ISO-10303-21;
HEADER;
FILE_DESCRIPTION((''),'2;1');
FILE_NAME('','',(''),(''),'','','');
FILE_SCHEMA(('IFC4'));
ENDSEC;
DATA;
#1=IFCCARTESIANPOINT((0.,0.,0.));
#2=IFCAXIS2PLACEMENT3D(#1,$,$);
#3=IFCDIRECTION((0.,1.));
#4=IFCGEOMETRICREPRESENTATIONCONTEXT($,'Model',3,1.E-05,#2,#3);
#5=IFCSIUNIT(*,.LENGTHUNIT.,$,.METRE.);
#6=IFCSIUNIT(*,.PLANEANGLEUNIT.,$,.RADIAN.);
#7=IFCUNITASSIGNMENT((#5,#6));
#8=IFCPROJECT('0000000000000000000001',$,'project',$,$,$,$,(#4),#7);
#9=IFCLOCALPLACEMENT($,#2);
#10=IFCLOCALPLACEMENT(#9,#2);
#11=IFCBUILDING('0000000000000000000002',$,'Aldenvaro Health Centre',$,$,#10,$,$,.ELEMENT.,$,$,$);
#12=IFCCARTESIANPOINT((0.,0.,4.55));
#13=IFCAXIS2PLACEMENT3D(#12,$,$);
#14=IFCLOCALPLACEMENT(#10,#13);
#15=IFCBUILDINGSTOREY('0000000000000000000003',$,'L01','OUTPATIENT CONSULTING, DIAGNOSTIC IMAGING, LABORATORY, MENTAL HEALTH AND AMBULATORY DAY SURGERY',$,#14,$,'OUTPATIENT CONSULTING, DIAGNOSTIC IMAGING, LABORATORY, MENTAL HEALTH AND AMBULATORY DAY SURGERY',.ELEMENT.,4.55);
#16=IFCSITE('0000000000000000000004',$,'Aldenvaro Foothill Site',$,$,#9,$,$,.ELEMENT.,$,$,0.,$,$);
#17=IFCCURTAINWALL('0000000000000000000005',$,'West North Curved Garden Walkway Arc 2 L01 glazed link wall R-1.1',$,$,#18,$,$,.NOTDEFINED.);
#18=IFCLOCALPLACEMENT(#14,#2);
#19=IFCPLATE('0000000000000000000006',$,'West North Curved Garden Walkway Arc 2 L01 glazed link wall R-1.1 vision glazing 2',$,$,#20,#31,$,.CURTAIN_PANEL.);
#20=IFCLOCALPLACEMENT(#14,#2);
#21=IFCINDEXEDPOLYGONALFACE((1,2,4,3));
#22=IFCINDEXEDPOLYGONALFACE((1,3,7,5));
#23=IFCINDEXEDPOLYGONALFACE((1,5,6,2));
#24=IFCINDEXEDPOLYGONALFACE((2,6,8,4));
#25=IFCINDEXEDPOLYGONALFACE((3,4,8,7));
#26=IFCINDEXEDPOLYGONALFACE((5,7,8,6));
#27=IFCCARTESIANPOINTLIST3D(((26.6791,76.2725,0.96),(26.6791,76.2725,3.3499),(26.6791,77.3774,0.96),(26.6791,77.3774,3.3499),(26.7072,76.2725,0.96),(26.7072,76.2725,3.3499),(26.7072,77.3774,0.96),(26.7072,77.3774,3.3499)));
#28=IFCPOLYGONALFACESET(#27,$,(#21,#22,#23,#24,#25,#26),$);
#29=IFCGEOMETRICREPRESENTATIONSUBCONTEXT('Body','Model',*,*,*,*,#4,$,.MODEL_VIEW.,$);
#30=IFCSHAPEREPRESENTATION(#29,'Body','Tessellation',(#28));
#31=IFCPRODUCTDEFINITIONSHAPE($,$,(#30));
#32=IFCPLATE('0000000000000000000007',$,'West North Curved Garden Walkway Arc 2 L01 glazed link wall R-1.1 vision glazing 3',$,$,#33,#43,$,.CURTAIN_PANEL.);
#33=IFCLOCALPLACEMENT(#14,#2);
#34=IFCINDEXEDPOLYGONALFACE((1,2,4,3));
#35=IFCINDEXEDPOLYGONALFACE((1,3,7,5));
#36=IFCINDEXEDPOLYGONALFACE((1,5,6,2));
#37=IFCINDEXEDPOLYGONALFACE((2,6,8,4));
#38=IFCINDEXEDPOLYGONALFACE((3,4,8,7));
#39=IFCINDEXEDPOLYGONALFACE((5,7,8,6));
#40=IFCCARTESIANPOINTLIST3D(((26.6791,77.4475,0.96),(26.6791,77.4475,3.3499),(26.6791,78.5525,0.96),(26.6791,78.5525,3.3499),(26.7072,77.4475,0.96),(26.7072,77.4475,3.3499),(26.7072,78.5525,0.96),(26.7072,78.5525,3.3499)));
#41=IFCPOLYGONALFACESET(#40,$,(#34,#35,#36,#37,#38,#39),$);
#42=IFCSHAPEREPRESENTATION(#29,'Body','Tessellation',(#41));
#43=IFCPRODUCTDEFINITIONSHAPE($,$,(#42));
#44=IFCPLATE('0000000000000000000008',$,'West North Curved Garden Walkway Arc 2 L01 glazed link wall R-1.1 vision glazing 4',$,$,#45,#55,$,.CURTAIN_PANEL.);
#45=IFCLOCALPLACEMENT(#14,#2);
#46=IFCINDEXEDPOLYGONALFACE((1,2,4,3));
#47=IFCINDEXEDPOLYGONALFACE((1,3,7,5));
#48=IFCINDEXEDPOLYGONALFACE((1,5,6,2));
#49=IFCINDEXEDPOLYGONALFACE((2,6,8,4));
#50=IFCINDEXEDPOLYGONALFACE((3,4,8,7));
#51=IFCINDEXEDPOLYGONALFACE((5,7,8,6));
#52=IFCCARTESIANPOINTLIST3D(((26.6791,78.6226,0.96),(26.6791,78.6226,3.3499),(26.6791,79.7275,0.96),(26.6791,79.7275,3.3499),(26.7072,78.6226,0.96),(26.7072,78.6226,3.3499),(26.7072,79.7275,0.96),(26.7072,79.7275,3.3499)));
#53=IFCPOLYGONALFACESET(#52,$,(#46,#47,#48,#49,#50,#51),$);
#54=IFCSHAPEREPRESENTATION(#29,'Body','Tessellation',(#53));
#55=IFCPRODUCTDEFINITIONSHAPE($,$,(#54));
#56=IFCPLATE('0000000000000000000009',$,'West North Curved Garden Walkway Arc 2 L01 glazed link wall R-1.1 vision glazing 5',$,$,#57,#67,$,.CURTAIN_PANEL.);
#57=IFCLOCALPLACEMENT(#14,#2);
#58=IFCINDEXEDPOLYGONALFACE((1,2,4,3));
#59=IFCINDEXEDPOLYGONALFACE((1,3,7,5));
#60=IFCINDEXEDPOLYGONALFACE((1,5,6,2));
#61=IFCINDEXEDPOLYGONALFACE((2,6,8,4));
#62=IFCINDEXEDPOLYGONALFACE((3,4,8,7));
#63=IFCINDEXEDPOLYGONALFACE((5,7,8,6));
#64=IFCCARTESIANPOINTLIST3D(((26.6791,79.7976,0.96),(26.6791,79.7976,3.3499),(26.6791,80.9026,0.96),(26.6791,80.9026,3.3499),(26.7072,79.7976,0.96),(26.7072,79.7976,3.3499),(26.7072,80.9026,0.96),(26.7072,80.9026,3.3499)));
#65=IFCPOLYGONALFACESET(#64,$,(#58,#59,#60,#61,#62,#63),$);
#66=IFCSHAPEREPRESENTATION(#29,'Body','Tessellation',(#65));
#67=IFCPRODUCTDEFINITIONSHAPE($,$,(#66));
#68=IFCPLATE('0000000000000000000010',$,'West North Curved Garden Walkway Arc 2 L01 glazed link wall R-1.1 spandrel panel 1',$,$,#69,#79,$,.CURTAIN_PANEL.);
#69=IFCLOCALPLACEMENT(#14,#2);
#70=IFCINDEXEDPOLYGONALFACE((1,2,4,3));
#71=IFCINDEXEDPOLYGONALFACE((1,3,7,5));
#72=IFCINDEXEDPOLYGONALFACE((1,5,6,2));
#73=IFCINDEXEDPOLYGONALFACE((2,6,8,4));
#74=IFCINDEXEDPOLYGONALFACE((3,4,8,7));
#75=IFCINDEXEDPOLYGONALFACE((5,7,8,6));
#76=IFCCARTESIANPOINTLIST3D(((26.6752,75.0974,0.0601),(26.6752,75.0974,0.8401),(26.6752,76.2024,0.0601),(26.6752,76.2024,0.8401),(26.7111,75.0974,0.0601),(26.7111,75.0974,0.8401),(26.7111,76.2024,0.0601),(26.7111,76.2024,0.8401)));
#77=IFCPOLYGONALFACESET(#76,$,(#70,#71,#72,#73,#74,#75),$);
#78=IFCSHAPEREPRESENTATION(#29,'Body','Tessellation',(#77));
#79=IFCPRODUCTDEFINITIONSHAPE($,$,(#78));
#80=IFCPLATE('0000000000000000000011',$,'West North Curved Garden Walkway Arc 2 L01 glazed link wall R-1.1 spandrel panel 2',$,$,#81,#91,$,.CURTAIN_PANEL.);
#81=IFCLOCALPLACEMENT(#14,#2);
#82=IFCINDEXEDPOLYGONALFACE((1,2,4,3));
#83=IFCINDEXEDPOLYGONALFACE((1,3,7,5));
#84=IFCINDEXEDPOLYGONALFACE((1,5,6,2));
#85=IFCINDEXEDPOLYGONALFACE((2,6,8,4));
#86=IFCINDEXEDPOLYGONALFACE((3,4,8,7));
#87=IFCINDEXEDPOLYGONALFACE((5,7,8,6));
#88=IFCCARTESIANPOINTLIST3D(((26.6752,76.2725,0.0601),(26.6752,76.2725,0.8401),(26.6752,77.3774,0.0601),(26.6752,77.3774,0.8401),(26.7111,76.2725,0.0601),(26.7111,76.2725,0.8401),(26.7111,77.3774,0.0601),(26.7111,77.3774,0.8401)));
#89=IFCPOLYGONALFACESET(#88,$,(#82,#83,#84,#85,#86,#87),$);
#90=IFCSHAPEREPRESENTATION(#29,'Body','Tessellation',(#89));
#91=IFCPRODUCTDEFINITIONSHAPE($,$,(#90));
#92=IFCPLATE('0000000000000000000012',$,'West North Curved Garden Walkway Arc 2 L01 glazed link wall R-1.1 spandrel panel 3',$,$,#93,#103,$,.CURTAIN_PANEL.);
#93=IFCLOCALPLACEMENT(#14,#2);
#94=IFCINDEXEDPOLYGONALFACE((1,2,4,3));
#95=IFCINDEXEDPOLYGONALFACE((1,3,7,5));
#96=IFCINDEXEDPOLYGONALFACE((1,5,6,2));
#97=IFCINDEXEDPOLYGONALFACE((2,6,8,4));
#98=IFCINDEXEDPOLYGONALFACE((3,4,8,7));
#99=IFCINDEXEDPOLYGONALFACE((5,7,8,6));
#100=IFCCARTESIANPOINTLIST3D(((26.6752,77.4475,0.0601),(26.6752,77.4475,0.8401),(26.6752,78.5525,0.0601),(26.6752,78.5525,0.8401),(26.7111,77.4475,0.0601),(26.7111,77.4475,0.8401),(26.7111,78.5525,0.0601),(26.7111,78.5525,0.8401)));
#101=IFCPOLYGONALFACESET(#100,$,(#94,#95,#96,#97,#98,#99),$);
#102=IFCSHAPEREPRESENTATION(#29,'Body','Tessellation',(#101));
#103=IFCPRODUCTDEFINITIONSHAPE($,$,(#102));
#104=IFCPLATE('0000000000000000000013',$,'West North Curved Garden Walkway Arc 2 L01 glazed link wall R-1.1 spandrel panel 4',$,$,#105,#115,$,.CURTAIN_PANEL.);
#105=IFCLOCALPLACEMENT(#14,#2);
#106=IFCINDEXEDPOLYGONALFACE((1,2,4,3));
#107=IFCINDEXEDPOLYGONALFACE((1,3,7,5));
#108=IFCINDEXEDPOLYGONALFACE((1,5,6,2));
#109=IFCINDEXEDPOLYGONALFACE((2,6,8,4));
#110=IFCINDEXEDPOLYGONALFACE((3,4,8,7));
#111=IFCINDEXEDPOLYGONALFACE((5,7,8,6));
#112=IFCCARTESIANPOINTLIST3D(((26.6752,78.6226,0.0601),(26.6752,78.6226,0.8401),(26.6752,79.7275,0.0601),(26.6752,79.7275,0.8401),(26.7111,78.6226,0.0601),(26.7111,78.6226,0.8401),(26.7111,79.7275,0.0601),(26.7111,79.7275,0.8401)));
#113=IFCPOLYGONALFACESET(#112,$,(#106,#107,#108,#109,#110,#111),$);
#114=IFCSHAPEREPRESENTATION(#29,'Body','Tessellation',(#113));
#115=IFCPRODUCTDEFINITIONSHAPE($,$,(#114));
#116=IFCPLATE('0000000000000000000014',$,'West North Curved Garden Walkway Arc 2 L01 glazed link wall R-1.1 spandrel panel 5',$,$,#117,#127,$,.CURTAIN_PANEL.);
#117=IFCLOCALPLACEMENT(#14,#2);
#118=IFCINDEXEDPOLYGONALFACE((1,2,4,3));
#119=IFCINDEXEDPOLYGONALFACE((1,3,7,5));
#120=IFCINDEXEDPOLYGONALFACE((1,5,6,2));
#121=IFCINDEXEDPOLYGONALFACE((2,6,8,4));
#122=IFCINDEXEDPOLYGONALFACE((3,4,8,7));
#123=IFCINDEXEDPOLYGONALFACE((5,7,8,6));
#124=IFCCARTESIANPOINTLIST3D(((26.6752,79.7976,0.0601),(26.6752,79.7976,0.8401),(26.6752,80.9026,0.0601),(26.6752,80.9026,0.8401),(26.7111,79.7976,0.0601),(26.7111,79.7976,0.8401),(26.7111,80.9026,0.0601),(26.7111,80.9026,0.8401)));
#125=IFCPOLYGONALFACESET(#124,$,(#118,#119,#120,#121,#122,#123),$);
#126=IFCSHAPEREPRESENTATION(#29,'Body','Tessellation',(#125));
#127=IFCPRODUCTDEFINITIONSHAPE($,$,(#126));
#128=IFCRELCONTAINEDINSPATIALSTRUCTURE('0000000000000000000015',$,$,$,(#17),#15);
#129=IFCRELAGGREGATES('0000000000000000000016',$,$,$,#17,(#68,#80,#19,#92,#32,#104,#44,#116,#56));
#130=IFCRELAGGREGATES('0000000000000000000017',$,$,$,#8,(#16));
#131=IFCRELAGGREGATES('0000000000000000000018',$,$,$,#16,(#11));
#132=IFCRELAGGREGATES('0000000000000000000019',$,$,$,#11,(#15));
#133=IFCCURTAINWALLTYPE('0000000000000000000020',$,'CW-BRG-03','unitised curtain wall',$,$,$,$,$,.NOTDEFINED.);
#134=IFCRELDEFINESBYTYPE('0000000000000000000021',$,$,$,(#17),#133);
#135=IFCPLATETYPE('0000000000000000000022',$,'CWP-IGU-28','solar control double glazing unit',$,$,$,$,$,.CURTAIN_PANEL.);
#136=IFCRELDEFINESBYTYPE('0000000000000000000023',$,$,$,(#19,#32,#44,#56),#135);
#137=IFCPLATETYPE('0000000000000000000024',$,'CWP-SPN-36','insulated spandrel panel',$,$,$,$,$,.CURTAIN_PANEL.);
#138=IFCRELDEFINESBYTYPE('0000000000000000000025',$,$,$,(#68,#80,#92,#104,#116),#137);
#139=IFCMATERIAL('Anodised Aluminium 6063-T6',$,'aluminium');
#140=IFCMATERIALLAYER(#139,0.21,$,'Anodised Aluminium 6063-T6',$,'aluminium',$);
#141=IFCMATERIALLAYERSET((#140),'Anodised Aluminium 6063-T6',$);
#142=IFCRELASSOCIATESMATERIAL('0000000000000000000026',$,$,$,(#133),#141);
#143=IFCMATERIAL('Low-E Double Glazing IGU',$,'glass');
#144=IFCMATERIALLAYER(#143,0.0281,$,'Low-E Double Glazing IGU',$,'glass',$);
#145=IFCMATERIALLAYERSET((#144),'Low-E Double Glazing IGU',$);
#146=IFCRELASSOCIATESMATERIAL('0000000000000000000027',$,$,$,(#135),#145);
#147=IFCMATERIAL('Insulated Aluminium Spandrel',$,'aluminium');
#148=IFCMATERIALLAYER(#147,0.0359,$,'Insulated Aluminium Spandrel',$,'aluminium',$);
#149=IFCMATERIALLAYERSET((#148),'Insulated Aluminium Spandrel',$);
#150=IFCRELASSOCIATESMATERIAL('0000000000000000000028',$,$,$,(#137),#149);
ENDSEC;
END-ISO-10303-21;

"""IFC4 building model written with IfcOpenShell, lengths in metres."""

from ifc_helpers import new_model, si_unit, direction, frame, origin, origin_2d, place, context, subcontext, project, spatial, rectangle, extrude, material, layer, layer_set, type_object, element, aggregate, save


model = new_model("IFC4")

# Units and contexts
model_context = context("Model", 3, precision=1e-05, world=origin(), true_north=direction((0.0, 1.0)))
body_context = subcontext(model_context, "Body", "Model", "MODEL_VIEW")
ifc_project = project(units=[si_unit("LENGTHUNIT", "METRE"), si_unit("PLANEANGLEUNIT", "RADIAN")], contexts=[model_context])

# Site, building, storey
site_placement = place(None, origin())
site = spatial("IfcSite", under=ifc_project, at=site_placement, Name="Aldenvaro Foothill Site", CompositionType="ELEMENT", RefElevation=0.0)
building_placement = place(site_placement, origin())
building = spatial("IfcBuilding", under=site, at=building_placement, Name="Aldenvaro Health Centre", CompositionType="ELEMENT")
storey_placement = place(building_placement, frame((0.0, 0.0, 4.55)))
storey = spatial("IfcBuildingStorey", under=building, at=storey_placement, Name="L01", Description="OUTPATIENT CONSULTING, DIAGNOSTIC IMAGING, LABORATORY, MENTAL HEALTH AND AMBULATORY DAY SURGERY", LongName="OUTPATIENT CONSULTING, DIAGNOSTIC IMAGING, LABORATORY, MENTAL HEALTH AND AMBULATORY DAY SURGERY", CompositionType="ELEMENT", Elevation=4.55)

# Shared definitions
ifc_material_1 = material(Name="Anodised Aluminium 6063-T6", Category="aluminium")
ifc_layer_1 = layer(ifc_material_1, 0.21, Name="Anodised Aluminium 6063-T6", Category="aluminium")
ifc_layer_set_1 = layer_set([ifc_layer_1], Name="Anodised Aluminium 6063-T6")
curtain_wall_type = type_object("IfcCurtainWallType", Name="CW-BRG-03", Description="unitised curtain wall", PredefinedType="NOTDEFINED", material=ifc_layer_set_1)

# Curtain wall, plates
curtain_wall_1_placement = place(storey_placement, origin())
curtain_wall_1 = element("IfcCurtainWall", 1, at=curtain_wall_1_placement, inside=storey, type_object=curtain_wall_type, Name="West North Curved Garden Walkway Arc 2 L01 glazed link wall R-1.1", PredefinedType="NOTDEFINED")
ifc_material_2 = material(Name="Low-E Double Glazing IGU", Category="glass")
ifc_layer_2 = layer(ifc_material_2, 0.0281, Name="Low-E Double Glazing IGU", Category="glass")
ifc_layer_set_2 = layer_set([ifc_layer_2], Name="Low-E Double Glazing IGU")
plate_type_1 = type_object("IfcPlateType", Name="CWP-IGU-28", Description="solar control double glazing unit", PredefinedType="CURTAIN_PANEL", material=ifc_layer_set_2)
plate_1_placement = place(storey_placement, frame((26.6931, 76.825, 0.96), z_axis=(0.0, 0.0, 1.0), x_axis=(0.0, 1.0, 0.0)))
plate_1 = element("IfcPlate", 2, at=plate_1_placement, type_object=plate_type_1, Name="West North Curved Garden Walkway Arc 2 L01 glazed link wall R-1.1 vision glazing 2", PredefinedType="CURTAIN_PANEL", context=body_context, shape_type="SweptSolid", body=[
    extrude(rectangle(XDim=1.105, YDim=0.0281, at=origin_2d()), origin(), (0.0, 0.0, 1.0), 2.3899),
])
plate_2_placement = place(storey_placement, frame((26.6931, 78.0, 0.96), z_axis=(0.0, 0.0, 1.0), x_axis=(0.0, 1.0, 0.0)))
plate_2 = element("IfcPlate", 3, at=plate_2_placement, type_object=plate_type_1, Name="West North Curved Garden Walkway Arc 2 L01 glazed link wall R-1.1 vision glazing 3", PredefinedType="CURTAIN_PANEL", context=body_context, shape_type="SweptSolid", body=[
    extrude(rectangle(XDim=1.105, YDim=0.0281, at=origin_2d()), origin(), (0.0, 0.0, 1.0), 2.3899),
])
plate_3_placement = place(storey_placement, frame((26.6931, 79.175, 0.96), z_axis=(0.0, 0.0, 1.0), x_axis=(0.0, 1.0, 0.0)))
plate_3 = element("IfcPlate", 4, at=plate_3_placement, type_object=plate_type_1, Name="West North Curved Garden Walkway Arc 2 L01 glazed link wall R-1.1 vision glazing 4", PredefinedType="CURTAIN_PANEL", context=body_context, shape_type="SweptSolid", body=[
    extrude(rectangle(XDim=1.105, YDim=0.0281, at=origin_2d()), origin(), (0.0, 0.0, 1.0), 2.3899),
])
plate_4_placement = place(storey_placement, frame((26.6931, 80.3501, 0.96), z_axis=(0.0, 0.0, 1.0), x_axis=(0.0, 1.0, 0.0)))
plate_4 = element("IfcPlate", 5, at=plate_4_placement, type_object=plate_type_1, Name="West North Curved Garden Walkway Arc 2 L01 glazed link wall R-1.1 vision glazing 5", PredefinedType="CURTAIN_PANEL", context=body_context, shape_type="SweptSolid", body=[
    extrude(rectangle(XDim=1.105, YDim=0.0281, at=origin_2d()), origin(), (0.0, 0.0, 1.0), 2.3899),
])
ifc_material_3 = material(Name="Insulated Aluminium Spandrel", Category="aluminium")
ifc_layer_3 = layer(ifc_material_3, 0.0359, Name="Insulated Aluminium Spandrel", Category="aluminium")
ifc_layer_set_3 = layer_set([ifc_layer_3], Name="Insulated Aluminium Spandrel")
plate_type_2 = type_object("IfcPlateType", Name="CWP-SPN-36", Description="insulated spandrel panel", PredefinedType="CURTAIN_PANEL", material=ifc_layer_set_3)
plate_5_placement = place(storey_placement, frame((26.6931, 75.6499, 0.0601), z_axis=(0.0, 0.0, 1.0), x_axis=(0.0, 1.0, 0.0)))
plate_5 = element("IfcPlate", 6, at=plate_5_placement, type_object=plate_type_2, Name="West North Curved Garden Walkway Arc 2 L01 glazed link wall R-1.1 spandrel panel 1", PredefinedType="CURTAIN_PANEL", context=body_context, shape_type="SweptSolid", body=[
    extrude(rectangle(XDim=1.105, YDim=0.0359, at=origin_2d()), origin(), (0.0, 0.0, 1.0), 0.78),
])
plate_6_placement = place(storey_placement, frame((26.6931, 76.825, 0.0601), z_axis=(0.0, 0.0, 1.0), x_axis=(0.0, 1.0, 0.0)))
plate_6 = element("IfcPlate", 7, at=plate_6_placement, type_object=plate_type_2, Name="West North Curved Garden Walkway Arc 2 L01 glazed link wall R-1.1 spandrel panel 2", PredefinedType="CURTAIN_PANEL", context=body_context, shape_type="SweptSolid", body=[
    extrude(rectangle(XDim=1.105, YDim=0.0359, at=origin_2d()), origin(), (0.0, 0.0, 1.0), 0.78),
])
plate_7_placement = place(storey_placement, frame((26.6931, 78.0, 0.0601), z_axis=(0.0, 0.0, 1.0), x_axis=(0.0, 1.0, 0.0)))
plate_7 = element("IfcPlate", 8, at=plate_7_placement, type_object=plate_type_2, Name="West North Curved Garden Walkway Arc 2 L01 glazed link wall R-1.1 spandrel panel 3", PredefinedType="CURTAIN_PANEL", context=body_context, shape_type="SweptSolid", body=[
    extrude(rectangle(XDim=1.105, YDim=0.0359, at=origin_2d()), origin(), (0.0, 0.0, 1.0), 0.78),
])
plate_8_placement = place(storey_placement, frame((26.6931, 79.175, 0.0601), z_axis=(0.0, 0.0, 1.0), x_axis=(0.0, 1.0, 0.0)))
plate_8 = element("IfcPlate", 9, at=plate_8_placement, type_object=plate_type_2, Name="West North Curved Garden Walkway Arc 2 L01 glazed link wall R-1.1 spandrel panel 4", PredefinedType="CURTAIN_PANEL", context=body_context, shape_type="SweptSolid", body=[
    extrude(rectangle(XDim=1.105, YDim=0.0359, at=origin_2d()), origin(), (0.0, 0.0, 1.0), 0.78),
])
plate_9_placement = place(storey_placement, frame((26.6931, 80.3501, 0.0601), z_axis=(0.0, 0.0, 1.0), x_axis=(0.0, 1.0, 0.0)))
plate_9 = element("IfcPlate", 10, at=plate_9_placement, type_object=plate_type_2, Name="West North Curved Garden Walkway Arc 2 L01 glazed link wall R-1.1 spandrel panel 5", PredefinedType="CURTAIN_PANEL", context=body_context, shape_type="SweptSolid", body=[
    extrude(rectangle(XDim=1.105, YDim=0.0359, at=origin_2d()), origin(), (0.0, 0.0, 1.0), 0.78),
])
aggregate(curtain_wall_1, [plate_5, plate_6, plate_1, plate_7, plate_2, plate_8, plate_3, plate_9, plate_4])

save(model, "model.ifc")
